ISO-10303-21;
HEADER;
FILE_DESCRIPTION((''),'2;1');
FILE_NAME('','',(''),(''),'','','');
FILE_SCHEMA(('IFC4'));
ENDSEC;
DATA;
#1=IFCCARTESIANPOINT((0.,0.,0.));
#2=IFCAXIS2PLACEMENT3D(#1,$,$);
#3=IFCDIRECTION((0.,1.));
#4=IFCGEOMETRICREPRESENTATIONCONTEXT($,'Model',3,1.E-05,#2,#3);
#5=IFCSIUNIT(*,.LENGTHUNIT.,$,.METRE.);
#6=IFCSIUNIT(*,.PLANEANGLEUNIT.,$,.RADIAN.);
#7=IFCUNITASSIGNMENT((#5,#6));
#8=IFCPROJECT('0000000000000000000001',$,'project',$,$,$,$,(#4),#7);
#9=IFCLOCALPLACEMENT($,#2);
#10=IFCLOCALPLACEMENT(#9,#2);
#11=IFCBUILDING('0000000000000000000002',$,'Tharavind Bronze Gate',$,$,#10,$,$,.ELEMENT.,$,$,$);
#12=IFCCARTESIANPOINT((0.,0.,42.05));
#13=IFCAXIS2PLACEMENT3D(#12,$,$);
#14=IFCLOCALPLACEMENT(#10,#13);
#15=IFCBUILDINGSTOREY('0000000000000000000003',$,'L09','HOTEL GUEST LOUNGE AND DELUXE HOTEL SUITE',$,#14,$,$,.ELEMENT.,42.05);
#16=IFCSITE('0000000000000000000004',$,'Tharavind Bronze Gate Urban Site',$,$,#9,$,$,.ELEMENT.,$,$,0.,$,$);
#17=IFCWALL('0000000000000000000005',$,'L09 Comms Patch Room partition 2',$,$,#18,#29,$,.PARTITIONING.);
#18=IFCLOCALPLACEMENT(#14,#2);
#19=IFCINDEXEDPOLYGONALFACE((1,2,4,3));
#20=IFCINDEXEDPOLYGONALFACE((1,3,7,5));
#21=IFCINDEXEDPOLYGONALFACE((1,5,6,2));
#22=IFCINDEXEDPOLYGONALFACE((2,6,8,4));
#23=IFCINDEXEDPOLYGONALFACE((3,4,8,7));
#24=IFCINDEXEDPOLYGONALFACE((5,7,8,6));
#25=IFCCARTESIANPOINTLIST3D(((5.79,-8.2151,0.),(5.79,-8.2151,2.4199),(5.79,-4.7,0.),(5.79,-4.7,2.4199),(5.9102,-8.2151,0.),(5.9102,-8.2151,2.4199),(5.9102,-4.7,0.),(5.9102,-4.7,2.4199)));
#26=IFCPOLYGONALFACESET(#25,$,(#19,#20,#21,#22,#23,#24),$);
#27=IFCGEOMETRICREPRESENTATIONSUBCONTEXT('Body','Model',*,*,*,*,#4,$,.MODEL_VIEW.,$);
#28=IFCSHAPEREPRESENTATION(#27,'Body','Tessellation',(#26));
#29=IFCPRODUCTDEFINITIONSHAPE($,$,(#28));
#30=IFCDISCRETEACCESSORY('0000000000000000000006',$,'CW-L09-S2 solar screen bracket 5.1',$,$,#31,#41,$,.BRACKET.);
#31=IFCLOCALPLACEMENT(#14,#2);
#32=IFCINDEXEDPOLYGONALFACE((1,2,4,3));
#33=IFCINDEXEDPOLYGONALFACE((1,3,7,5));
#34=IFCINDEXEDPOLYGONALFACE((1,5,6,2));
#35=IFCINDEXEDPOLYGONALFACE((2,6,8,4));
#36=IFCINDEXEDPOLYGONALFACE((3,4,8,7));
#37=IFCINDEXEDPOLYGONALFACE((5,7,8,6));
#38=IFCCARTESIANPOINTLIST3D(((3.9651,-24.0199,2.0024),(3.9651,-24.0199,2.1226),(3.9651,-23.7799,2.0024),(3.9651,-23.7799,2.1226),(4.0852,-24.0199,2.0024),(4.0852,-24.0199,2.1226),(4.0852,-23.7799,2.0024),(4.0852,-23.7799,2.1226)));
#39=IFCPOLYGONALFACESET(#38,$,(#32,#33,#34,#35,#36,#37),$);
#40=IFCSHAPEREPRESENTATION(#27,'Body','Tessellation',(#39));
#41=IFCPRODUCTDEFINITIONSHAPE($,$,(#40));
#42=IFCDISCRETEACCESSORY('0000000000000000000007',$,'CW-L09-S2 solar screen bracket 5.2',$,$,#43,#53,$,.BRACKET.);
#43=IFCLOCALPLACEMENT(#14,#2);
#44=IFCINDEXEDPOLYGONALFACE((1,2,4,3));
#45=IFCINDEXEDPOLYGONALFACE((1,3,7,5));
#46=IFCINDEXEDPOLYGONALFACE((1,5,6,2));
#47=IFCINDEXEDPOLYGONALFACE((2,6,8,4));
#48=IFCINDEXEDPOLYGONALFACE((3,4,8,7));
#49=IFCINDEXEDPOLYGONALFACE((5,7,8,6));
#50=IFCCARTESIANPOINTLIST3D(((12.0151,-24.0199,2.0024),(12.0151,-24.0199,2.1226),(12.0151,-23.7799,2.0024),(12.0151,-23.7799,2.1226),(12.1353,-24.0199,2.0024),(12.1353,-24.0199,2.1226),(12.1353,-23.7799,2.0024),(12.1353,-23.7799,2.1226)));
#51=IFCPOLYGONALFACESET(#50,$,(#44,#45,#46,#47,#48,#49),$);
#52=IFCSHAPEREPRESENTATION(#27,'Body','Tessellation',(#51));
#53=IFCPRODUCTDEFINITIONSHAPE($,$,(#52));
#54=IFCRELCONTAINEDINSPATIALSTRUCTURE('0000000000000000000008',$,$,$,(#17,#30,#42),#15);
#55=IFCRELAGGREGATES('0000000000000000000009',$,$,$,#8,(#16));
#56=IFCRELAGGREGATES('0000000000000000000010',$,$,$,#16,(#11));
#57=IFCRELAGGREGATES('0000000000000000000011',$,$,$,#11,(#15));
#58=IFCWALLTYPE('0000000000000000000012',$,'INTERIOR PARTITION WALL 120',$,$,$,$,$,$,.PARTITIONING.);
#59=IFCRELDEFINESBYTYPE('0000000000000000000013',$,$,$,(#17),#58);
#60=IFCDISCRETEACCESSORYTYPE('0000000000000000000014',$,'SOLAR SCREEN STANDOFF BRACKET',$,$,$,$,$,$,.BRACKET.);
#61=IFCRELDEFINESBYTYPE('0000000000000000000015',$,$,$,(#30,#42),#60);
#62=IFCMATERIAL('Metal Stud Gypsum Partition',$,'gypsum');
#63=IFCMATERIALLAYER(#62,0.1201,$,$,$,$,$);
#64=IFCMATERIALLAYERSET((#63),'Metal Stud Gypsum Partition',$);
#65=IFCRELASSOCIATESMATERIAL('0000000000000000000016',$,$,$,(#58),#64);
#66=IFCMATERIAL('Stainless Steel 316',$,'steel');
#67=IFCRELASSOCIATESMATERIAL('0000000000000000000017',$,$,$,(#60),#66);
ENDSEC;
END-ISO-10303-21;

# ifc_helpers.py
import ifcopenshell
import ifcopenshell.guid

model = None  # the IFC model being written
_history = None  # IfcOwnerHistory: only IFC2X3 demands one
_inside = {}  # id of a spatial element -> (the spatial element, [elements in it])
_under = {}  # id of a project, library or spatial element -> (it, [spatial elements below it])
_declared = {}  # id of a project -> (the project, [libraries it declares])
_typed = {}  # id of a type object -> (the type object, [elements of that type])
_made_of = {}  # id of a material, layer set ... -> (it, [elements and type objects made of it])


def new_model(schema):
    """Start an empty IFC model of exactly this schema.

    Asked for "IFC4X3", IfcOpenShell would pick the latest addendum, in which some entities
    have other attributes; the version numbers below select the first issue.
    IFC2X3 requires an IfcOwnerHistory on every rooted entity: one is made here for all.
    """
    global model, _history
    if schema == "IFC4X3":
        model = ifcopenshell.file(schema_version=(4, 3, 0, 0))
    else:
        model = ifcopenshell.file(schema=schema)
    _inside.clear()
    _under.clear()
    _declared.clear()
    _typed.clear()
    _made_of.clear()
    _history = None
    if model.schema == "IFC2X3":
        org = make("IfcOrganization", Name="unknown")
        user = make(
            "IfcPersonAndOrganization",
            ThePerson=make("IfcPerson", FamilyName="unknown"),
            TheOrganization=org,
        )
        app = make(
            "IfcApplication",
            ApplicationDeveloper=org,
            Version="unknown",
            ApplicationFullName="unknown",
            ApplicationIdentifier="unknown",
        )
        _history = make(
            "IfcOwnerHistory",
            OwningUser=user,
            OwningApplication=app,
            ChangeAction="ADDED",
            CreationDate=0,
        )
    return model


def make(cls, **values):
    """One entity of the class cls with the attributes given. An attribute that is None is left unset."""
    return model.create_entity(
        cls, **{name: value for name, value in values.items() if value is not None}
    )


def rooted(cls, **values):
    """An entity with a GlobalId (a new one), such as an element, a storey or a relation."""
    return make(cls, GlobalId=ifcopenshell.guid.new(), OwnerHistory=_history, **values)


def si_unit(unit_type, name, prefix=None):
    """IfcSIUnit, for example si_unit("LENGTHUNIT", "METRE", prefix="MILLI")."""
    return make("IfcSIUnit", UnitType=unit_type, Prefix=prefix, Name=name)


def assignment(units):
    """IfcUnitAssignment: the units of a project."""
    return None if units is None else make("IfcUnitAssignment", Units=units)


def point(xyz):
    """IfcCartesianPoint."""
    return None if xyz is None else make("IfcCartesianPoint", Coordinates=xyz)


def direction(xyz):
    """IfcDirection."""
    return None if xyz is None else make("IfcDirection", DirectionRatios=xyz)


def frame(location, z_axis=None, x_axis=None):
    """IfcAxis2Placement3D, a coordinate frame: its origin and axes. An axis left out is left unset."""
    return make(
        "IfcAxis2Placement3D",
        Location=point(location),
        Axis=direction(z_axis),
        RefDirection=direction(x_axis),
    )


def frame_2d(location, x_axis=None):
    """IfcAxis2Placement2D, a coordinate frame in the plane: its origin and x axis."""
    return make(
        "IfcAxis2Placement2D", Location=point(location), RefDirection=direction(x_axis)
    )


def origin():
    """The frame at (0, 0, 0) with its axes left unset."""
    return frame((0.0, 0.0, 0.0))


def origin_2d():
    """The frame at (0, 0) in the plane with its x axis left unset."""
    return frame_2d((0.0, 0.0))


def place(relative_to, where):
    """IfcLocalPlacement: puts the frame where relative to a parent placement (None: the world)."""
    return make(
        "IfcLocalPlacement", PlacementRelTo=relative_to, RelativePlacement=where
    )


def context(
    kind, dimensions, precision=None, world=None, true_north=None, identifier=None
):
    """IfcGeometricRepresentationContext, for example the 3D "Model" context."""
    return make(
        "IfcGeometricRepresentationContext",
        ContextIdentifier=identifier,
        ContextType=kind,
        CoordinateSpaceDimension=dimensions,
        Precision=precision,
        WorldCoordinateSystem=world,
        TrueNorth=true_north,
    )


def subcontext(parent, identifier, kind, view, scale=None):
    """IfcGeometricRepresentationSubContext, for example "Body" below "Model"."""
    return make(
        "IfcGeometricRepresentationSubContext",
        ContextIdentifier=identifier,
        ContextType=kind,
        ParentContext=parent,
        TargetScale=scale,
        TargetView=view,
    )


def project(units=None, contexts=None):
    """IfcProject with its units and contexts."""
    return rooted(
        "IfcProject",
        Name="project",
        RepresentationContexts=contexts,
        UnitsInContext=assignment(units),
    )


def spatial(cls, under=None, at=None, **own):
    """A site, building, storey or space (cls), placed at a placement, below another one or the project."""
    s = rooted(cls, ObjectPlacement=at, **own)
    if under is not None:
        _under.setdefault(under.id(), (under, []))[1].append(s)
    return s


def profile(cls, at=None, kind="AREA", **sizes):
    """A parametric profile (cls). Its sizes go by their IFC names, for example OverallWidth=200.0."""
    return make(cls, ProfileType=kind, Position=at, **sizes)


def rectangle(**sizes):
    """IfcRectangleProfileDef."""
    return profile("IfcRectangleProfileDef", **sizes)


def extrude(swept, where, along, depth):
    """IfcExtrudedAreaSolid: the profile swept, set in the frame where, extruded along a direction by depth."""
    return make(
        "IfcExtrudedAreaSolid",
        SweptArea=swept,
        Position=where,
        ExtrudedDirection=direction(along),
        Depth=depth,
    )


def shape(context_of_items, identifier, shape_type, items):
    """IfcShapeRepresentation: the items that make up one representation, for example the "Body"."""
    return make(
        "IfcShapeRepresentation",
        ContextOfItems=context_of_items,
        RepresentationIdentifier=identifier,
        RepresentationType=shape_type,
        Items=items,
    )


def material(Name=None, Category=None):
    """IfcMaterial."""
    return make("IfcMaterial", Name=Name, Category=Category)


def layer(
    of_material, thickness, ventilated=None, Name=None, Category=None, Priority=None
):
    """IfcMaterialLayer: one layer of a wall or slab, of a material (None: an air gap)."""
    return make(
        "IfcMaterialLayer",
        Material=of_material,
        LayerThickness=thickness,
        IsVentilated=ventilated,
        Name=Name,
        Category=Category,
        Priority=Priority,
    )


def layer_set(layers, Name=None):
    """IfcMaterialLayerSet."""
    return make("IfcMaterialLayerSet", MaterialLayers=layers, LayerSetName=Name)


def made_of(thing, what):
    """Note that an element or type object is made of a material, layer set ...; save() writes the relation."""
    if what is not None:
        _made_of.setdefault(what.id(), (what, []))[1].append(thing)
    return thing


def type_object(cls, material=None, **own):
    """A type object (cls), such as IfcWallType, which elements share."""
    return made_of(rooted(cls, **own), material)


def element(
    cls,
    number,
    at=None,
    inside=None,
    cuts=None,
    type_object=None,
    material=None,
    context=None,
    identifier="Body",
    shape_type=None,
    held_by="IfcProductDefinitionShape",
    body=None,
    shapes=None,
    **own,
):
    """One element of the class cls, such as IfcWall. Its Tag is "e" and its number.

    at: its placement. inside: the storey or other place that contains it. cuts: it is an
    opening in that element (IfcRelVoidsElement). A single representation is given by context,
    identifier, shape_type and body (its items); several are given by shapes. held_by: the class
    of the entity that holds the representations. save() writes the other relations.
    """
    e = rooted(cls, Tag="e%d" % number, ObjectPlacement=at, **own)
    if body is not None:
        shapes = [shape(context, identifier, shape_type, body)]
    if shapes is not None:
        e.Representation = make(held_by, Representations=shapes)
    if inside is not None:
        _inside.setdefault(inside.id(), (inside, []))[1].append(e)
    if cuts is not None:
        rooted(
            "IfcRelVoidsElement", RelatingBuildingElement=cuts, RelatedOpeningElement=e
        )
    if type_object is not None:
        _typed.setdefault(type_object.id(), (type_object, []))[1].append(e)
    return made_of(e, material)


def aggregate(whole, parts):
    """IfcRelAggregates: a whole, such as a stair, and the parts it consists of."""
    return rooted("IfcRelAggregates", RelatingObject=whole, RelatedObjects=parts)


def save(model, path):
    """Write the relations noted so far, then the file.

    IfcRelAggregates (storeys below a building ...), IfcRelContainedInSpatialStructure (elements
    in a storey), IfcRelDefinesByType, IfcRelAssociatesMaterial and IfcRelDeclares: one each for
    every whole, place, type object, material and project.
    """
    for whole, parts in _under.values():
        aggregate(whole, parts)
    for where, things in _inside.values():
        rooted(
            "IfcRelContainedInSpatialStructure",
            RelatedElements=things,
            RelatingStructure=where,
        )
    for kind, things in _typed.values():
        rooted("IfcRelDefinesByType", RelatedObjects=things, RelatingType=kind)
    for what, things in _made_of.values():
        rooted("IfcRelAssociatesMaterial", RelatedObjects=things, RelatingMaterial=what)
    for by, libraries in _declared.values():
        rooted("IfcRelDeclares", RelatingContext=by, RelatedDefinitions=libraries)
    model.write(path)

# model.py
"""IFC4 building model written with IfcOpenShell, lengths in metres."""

from ifc_helpers import new_model, si_unit, direction, frame, frame_2d, origin, origin_2d, place, context, subcontext, project, spatial, rectangle, extrude, material, layer, layer_set, type_object, element, save


model = new_model("IFC4")

# Units and contexts
model_context = context("Model", 3, precision=1e-05, world=origin(), true_north=direction((0.0, 1.0)))
body_context = subcontext(model_context, "Body", "Model", "MODEL_VIEW")
ifc_project = project(units=[si_unit("LENGTHUNIT", "METRE"), si_unit("PLANEANGLEUNIT", "RADIAN")], contexts=[model_context])

# Site, building, storey
site_placement = place(None, origin())
site = spatial("IfcSite", under=ifc_project, at=site_placement, Name="Tharavind Bronze Gate Urban Site", CompositionType="ELEMENT", RefElevation=0.0)
building_placement = place(site_placement, origin())
building = spatial("IfcBuilding", under=site, at=building_placement, Name="Tharavind Bronze Gate", CompositionType="ELEMENT")
storey_placement = place(building_placement, frame((0.0, 0.0, 42.05)))
storey = spatial("IfcBuildingStorey", under=building, at=storey_placement, Name="L09", Description="HOTEL GUEST LOUNGE AND DELUXE HOTEL SUITE", CompositionType="ELEMENT", Elevation=42.05)

# Wall
ifc_material_1 = material(Name="Metal Stud Gypsum Partition", Category="gypsum")
ifc_layer_1 = layer(ifc_material_1, 0.1201)
ifc_layer_set_1 = layer_set([ifc_layer_1], Name="Metal Stud Gypsum Partition")
wall_type_1 = type_object("IfcWallType", Name="INTERIOR PARTITION WALL 120", PredefinedType="PARTITIONING", material=ifc_layer_set_1)
wall_1_placement = place(storey_placement, frame((5.8501, -8.2151, 0.0), z_axis=(0.0, 0.0, 1.0), x_axis=(0.0, 1.0, 0.0)))
element("IfcWall", 1, at=wall_1_placement, inside=storey, type_object=wall_type_1, Name="L09 Comms Patch Room partition 2", PredefinedType="PARTITIONING", context=body_context, shape_type="SweptSolid", body=[
    extrude(rectangle(XDim=3.5151, YDim=0.1201, at=frame_2d((1.7576, 0.0))), origin(), (0.0, 0.0, 1.0), 2.4199),
])

# Discrete accessories
ifc_material_2 = material(Name="Stainless Steel 316", Category="steel")
discrete_accessory_type = type_object("IfcDiscreteAccessoryType", Name="SOLAR SCREEN STANDOFF BRACKET", PredefinedType="BRACKET", material=ifc_material_2)
for number, where, z_axis, x_axis, name in (
    (2, (4.0251, -23.8999, 2.0024), (0.0, 0.0, 1.0), (1.0, 0.0, 0.0), "CW-L09-S2 solar screen bracket 5.1"),
    (3, (12.0752, -23.8999, 2.0024), (0.0, 0.0, 1.0), (1.0, 0.0, 0.0), "CW-L09-S2 solar screen bracket 5.2"),
):
    element("IfcDiscreteAccessory", number, at=place(storey_placement, frame(where, z_axis=z_axis, x_axis=x_axis)), inside=storey, type_object=discrete_accessory_type, Name=name, PredefinedType="BRACKET", context=body_context, shape_type="SweptSolid", body=[
        extrude(rectangle(XDim=0.1201, YDim=0.24, at=origin_2d()), origin(), (0.0, 0.0, 1.0), 0.1201),
    ])

save(model, "model.ifc")
